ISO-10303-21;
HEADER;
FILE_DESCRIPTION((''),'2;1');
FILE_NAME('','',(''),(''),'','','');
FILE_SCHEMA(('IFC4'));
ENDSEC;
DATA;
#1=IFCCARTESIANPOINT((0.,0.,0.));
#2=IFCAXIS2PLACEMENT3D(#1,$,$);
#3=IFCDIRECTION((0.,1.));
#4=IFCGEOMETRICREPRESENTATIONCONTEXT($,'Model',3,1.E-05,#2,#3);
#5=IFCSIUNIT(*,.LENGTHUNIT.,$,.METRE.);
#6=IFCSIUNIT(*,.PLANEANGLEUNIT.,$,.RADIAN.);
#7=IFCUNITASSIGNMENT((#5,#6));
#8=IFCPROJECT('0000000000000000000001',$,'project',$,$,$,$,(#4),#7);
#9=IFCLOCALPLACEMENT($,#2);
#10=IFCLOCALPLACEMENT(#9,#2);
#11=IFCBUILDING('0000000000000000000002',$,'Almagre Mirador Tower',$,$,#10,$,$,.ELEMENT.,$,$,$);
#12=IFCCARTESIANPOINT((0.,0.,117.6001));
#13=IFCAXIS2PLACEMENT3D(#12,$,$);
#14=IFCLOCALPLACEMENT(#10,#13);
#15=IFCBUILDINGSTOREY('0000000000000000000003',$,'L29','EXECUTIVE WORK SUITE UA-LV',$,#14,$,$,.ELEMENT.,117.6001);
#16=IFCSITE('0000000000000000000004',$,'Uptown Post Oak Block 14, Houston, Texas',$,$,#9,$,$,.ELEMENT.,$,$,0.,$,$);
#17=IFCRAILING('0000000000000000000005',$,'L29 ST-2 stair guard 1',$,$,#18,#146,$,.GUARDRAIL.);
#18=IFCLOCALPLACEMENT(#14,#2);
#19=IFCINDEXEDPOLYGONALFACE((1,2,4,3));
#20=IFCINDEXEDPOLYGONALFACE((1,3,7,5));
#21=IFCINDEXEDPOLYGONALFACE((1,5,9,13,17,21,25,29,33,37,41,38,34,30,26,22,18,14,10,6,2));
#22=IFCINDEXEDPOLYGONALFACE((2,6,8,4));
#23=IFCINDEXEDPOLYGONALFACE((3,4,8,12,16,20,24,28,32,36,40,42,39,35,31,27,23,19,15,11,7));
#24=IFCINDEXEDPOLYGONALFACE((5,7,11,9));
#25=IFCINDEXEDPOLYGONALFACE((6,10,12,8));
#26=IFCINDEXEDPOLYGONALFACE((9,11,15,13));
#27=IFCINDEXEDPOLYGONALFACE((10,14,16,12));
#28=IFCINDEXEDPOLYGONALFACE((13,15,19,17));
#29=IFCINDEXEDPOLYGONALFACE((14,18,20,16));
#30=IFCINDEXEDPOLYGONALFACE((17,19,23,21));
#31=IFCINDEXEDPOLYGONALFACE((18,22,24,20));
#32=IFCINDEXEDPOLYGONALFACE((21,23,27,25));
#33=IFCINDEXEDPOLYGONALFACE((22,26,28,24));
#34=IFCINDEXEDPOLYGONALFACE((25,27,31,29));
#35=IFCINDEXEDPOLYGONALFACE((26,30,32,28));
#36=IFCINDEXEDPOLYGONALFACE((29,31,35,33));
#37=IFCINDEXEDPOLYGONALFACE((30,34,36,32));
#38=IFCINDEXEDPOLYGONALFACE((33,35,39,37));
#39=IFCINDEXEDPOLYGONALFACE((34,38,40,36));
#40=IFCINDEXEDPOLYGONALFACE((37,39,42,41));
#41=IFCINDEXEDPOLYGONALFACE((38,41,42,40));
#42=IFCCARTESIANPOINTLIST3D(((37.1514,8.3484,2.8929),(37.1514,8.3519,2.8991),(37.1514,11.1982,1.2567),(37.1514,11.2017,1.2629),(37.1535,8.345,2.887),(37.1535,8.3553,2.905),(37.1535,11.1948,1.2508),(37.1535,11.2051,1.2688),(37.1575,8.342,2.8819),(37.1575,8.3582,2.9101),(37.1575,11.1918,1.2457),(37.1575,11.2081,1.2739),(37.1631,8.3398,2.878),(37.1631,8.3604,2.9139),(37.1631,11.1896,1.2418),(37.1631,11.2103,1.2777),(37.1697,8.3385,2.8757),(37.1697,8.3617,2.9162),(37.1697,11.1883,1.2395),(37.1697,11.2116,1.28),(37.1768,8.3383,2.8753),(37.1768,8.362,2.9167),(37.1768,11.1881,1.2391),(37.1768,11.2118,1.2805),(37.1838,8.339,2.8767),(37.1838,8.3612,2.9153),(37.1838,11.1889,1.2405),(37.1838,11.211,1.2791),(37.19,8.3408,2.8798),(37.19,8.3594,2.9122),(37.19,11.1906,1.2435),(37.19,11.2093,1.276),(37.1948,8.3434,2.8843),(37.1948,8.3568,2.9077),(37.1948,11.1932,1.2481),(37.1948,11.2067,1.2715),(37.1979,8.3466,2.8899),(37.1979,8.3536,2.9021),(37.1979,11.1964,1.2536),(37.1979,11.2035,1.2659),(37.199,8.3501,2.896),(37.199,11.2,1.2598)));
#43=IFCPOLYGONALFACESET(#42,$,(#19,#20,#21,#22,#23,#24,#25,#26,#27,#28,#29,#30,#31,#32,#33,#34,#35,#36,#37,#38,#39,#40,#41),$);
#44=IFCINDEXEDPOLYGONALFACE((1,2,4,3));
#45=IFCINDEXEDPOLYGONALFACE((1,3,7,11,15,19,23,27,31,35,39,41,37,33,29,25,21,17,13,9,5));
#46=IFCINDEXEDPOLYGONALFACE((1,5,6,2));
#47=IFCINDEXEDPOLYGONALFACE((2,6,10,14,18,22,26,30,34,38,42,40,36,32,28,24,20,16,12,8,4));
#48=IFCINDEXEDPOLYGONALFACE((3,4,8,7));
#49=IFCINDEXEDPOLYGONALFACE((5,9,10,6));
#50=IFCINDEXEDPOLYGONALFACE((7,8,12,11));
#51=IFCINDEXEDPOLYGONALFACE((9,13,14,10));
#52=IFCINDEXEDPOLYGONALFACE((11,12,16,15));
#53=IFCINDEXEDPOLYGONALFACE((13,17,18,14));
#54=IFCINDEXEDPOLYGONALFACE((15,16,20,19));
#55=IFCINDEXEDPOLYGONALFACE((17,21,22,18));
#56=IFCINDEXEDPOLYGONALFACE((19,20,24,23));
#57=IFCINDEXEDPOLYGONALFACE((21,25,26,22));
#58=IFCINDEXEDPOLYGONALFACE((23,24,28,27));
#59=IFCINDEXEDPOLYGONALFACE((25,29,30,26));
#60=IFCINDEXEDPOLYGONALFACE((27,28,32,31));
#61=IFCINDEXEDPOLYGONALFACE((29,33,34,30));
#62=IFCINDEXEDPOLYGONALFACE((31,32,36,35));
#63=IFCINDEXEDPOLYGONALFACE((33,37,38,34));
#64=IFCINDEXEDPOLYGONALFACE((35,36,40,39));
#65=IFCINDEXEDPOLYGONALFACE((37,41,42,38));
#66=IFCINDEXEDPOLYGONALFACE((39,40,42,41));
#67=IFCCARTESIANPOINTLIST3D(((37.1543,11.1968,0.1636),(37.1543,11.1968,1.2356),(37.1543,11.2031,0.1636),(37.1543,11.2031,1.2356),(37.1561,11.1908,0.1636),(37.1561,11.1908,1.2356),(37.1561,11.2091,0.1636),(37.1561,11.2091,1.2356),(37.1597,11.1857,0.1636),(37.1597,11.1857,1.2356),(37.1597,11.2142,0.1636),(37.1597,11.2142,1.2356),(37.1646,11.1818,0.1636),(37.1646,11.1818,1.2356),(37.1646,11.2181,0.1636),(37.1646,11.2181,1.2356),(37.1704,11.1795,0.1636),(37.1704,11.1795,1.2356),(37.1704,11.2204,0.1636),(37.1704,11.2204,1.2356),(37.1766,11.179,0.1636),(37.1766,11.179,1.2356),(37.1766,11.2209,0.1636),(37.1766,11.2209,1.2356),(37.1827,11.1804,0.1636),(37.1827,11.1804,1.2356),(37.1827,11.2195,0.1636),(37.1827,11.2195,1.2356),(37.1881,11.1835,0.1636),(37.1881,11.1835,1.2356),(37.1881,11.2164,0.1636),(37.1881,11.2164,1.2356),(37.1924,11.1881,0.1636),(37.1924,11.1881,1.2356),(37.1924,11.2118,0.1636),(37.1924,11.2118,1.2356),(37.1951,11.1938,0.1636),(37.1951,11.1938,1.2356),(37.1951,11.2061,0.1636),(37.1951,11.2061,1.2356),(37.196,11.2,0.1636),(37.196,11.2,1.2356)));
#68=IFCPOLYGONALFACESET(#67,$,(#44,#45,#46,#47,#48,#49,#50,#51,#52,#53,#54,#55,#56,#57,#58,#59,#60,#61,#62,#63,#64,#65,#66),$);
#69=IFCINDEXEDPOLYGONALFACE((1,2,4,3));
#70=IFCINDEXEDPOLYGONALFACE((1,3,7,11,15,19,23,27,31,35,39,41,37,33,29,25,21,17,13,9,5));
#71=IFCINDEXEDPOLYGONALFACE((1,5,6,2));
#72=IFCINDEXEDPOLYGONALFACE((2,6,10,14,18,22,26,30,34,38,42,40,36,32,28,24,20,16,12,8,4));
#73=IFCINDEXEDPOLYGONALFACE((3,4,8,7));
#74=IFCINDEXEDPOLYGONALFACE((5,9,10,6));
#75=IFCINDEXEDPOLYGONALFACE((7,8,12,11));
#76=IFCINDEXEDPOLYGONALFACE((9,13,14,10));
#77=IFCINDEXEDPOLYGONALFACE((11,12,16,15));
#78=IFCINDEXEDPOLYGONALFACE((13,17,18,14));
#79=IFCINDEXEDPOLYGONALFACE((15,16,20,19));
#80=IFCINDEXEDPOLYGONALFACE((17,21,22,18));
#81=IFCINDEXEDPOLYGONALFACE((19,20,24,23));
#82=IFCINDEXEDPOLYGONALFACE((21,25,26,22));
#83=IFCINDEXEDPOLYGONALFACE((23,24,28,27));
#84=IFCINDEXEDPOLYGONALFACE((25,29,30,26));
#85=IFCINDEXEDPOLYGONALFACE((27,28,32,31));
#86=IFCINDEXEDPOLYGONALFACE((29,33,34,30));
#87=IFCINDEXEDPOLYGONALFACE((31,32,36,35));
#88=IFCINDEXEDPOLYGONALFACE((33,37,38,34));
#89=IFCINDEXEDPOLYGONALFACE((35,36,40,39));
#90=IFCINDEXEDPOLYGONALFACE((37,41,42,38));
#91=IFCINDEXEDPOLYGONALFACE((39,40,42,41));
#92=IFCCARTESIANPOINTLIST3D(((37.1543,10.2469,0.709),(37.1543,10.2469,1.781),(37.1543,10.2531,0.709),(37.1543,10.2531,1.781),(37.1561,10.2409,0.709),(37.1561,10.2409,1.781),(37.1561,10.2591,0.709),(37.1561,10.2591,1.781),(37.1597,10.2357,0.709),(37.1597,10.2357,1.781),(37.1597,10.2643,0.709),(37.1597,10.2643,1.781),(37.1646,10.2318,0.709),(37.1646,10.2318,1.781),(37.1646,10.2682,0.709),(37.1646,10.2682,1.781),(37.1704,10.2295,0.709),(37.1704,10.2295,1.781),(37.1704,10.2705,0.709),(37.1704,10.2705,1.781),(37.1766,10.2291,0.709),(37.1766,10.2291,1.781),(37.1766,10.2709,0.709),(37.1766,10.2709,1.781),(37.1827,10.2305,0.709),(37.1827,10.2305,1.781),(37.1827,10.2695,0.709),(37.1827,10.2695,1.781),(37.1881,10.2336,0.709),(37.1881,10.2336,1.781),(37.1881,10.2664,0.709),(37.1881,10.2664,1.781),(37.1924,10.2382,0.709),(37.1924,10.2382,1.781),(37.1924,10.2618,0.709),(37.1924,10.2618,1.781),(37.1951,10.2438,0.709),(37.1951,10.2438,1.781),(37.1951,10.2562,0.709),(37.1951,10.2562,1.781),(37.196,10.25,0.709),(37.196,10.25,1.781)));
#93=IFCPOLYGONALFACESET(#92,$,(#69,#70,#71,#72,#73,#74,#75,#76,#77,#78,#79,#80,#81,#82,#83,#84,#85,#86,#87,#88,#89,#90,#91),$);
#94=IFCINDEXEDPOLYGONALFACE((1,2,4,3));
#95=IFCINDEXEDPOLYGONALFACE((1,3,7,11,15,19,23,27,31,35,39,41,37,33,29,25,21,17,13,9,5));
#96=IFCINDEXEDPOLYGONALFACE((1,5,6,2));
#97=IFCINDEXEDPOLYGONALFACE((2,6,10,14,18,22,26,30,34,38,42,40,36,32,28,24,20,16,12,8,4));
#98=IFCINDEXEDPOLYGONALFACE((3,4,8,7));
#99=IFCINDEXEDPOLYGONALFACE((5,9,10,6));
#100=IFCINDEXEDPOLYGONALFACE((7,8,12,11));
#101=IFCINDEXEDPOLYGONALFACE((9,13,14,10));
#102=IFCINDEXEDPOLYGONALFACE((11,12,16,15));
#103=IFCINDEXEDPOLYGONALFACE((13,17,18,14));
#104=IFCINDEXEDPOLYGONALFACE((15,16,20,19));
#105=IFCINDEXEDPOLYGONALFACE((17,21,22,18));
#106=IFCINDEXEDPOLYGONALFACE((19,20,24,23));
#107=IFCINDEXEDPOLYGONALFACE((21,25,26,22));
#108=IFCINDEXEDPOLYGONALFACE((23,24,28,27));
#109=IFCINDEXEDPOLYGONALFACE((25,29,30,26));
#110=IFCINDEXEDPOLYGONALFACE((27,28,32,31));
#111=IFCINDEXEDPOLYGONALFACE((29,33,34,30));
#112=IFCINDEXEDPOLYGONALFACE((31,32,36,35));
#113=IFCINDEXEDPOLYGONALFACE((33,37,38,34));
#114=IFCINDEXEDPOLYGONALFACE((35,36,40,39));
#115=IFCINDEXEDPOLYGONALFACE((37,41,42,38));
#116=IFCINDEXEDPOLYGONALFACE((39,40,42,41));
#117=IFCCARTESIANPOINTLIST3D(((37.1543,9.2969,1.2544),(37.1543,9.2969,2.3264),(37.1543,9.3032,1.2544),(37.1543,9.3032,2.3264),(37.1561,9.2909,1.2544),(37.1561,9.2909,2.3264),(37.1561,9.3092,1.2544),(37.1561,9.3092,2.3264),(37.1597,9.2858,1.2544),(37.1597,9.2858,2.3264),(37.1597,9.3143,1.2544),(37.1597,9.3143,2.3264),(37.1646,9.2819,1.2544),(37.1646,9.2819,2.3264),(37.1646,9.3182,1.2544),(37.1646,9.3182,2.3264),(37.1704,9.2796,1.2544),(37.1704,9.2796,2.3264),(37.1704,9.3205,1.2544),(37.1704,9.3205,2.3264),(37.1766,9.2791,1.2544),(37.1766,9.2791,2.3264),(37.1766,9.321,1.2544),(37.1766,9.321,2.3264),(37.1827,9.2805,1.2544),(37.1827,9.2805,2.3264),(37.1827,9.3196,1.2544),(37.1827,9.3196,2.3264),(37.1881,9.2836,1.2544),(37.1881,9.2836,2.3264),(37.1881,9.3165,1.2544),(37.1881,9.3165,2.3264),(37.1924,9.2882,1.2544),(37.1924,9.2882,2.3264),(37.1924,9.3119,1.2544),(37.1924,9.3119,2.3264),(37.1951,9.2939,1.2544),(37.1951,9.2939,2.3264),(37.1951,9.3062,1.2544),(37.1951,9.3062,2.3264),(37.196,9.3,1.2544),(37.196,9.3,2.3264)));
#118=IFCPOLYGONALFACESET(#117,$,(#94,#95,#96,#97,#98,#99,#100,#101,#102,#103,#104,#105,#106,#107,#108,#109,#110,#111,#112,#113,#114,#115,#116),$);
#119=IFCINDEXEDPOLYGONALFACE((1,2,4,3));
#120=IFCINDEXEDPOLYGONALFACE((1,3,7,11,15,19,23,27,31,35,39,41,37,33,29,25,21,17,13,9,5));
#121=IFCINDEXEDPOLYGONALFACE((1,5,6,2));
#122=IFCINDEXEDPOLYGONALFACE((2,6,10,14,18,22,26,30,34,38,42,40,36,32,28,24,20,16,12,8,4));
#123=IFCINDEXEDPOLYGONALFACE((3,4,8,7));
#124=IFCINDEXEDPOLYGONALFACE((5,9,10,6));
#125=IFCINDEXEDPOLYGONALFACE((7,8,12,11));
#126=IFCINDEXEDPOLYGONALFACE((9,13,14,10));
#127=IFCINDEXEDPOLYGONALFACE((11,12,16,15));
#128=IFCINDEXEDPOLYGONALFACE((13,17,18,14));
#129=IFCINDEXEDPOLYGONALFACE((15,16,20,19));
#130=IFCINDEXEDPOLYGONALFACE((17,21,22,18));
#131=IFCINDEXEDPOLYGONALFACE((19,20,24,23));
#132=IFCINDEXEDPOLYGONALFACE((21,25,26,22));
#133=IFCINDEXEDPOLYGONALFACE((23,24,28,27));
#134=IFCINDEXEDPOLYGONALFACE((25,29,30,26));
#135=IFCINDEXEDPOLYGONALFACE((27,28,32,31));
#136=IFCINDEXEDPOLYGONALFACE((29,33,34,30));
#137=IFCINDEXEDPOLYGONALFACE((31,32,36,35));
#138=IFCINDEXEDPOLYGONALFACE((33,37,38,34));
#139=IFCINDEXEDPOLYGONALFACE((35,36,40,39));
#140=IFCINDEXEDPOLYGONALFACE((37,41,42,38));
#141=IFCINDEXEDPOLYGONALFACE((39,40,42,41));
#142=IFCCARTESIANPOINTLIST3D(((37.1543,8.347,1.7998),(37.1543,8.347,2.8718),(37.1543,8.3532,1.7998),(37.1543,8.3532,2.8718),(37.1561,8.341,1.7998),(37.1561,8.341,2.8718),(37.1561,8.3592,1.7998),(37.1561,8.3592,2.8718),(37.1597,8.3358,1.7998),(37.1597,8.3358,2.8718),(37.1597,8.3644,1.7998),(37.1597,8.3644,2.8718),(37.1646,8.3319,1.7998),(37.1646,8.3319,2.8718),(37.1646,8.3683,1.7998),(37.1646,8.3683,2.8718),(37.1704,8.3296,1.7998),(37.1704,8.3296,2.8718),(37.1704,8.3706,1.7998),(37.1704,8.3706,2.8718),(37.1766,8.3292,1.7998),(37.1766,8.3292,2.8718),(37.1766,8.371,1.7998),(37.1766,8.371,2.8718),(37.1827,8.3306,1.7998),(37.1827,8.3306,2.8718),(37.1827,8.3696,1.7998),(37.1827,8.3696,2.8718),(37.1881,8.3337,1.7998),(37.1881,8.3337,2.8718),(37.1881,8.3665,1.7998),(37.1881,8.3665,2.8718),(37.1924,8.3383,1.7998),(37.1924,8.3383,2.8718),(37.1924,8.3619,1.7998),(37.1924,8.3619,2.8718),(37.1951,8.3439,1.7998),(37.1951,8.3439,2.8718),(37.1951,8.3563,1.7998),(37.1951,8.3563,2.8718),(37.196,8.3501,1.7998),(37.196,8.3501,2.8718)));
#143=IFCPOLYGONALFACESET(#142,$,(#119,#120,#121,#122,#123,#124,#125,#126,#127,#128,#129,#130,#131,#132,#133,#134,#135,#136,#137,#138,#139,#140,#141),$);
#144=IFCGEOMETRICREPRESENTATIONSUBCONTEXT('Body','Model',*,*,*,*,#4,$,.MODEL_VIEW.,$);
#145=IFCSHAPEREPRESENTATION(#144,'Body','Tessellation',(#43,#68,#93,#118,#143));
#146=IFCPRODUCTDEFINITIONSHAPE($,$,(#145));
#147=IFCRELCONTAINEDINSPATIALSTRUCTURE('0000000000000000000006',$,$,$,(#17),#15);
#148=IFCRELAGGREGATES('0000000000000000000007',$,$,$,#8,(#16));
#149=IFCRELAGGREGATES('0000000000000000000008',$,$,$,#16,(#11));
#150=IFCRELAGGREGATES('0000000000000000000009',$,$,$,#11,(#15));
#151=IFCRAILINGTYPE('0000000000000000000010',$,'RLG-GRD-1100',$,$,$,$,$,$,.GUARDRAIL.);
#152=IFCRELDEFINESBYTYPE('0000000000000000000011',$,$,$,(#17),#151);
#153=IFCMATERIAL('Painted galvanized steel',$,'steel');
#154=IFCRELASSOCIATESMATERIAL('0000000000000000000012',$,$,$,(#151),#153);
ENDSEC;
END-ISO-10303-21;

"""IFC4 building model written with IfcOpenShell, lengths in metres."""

from ifc_helpers import new_model, si_unit, direction, frame, origin, origin_2d, place, context, subcontext, project, spatial, circle, extrude, material, type_object, element, save


model = new_model("IFC4")

# Units and contexts
model_context = context("Model", 3, precision=1e-05, world=origin(), true_north=direction((0.0, 1.0)))
body_context = subcontext(model_context, "Body", "Model", "MODEL_VIEW")
ifc_project = project(units=[si_unit("LENGTHUNIT", "METRE"), si_unit("PLANEANGLEUNIT", "RADIAN")], contexts=[model_context])

# Site, building, storey
site_placement = place(None, origin())
site = spatial("IfcSite", under=ifc_project, at=site_placement, Name="Uptown Post Oak Block 14, Houston, Texas", CompositionType="ELEMENT", RefElevation=0.0)
building_placement = place(site_placement, origin())
building = spatial("IfcBuilding", under=site, at=building_placement, Name="Almagre Mirador Tower", CompositionType="ELEMENT")
storey_placement = place(building_placement, frame((0.0, 0.0, 117.6001)))
storey = spatial("IfcBuildingStorey", under=building, at=storey_placement, Name="L29", Description="EXECUTIVE WORK SUITE UA-LV", CompositionType="ELEMENT", Elevation=117.6001)

# Railing
ifc_material_1 = material(Name="Painted galvanized steel", Category="steel")
railing_type_1 = type_object("IfcRailingType", Name="RLG-GRD-1100", PredefinedType="GUARDRAIL", material=ifc_material_1)
railing_1_placement = place(storey_placement, frame((37.175, 11.2, 0.1636)))
element("IfcRailing", 1, at=railing_1_placement, inside=storey, type_object=railing_type_1, Name="L29 ST-2 stair guard 1", PredefinedType="GUARDRAIL", context=body_context, shape_type="SweptSolid", body=[
    extrude(circle(Radius=0.0239, at=origin_2d()), frame((0.0, 0.0, 1.0962), z_axis=(0.0, -0.867226, 0.497914), x_axis=(1.0, 0.0, 0.0)), (0.0, 0.0, 1.0), 3.2861),
    extrude(circle(Radius=0.021, at=origin_2d()), origin(), (0.0, 0.0, 1.0), 1.072),
    extrude(circle(Radius=0.021, at=origin_2d()), frame((0.0, -0.95, 0.5454)), (0.0, 0.0, 1.0), 1.072),
    extrude(circle(Radius=0.021, at=origin_2d()), frame((0.0, -1.8999, 1.0908)), (0.0, 0.0, 1.0), 1.072),
    extrude(circle(Radius=0.021, at=origin_2d()), frame((0.0, -2.8499, 1.6362)), (0.0, 0.0, 1.0), 1.072),
])

save(model, "model.ifc")
